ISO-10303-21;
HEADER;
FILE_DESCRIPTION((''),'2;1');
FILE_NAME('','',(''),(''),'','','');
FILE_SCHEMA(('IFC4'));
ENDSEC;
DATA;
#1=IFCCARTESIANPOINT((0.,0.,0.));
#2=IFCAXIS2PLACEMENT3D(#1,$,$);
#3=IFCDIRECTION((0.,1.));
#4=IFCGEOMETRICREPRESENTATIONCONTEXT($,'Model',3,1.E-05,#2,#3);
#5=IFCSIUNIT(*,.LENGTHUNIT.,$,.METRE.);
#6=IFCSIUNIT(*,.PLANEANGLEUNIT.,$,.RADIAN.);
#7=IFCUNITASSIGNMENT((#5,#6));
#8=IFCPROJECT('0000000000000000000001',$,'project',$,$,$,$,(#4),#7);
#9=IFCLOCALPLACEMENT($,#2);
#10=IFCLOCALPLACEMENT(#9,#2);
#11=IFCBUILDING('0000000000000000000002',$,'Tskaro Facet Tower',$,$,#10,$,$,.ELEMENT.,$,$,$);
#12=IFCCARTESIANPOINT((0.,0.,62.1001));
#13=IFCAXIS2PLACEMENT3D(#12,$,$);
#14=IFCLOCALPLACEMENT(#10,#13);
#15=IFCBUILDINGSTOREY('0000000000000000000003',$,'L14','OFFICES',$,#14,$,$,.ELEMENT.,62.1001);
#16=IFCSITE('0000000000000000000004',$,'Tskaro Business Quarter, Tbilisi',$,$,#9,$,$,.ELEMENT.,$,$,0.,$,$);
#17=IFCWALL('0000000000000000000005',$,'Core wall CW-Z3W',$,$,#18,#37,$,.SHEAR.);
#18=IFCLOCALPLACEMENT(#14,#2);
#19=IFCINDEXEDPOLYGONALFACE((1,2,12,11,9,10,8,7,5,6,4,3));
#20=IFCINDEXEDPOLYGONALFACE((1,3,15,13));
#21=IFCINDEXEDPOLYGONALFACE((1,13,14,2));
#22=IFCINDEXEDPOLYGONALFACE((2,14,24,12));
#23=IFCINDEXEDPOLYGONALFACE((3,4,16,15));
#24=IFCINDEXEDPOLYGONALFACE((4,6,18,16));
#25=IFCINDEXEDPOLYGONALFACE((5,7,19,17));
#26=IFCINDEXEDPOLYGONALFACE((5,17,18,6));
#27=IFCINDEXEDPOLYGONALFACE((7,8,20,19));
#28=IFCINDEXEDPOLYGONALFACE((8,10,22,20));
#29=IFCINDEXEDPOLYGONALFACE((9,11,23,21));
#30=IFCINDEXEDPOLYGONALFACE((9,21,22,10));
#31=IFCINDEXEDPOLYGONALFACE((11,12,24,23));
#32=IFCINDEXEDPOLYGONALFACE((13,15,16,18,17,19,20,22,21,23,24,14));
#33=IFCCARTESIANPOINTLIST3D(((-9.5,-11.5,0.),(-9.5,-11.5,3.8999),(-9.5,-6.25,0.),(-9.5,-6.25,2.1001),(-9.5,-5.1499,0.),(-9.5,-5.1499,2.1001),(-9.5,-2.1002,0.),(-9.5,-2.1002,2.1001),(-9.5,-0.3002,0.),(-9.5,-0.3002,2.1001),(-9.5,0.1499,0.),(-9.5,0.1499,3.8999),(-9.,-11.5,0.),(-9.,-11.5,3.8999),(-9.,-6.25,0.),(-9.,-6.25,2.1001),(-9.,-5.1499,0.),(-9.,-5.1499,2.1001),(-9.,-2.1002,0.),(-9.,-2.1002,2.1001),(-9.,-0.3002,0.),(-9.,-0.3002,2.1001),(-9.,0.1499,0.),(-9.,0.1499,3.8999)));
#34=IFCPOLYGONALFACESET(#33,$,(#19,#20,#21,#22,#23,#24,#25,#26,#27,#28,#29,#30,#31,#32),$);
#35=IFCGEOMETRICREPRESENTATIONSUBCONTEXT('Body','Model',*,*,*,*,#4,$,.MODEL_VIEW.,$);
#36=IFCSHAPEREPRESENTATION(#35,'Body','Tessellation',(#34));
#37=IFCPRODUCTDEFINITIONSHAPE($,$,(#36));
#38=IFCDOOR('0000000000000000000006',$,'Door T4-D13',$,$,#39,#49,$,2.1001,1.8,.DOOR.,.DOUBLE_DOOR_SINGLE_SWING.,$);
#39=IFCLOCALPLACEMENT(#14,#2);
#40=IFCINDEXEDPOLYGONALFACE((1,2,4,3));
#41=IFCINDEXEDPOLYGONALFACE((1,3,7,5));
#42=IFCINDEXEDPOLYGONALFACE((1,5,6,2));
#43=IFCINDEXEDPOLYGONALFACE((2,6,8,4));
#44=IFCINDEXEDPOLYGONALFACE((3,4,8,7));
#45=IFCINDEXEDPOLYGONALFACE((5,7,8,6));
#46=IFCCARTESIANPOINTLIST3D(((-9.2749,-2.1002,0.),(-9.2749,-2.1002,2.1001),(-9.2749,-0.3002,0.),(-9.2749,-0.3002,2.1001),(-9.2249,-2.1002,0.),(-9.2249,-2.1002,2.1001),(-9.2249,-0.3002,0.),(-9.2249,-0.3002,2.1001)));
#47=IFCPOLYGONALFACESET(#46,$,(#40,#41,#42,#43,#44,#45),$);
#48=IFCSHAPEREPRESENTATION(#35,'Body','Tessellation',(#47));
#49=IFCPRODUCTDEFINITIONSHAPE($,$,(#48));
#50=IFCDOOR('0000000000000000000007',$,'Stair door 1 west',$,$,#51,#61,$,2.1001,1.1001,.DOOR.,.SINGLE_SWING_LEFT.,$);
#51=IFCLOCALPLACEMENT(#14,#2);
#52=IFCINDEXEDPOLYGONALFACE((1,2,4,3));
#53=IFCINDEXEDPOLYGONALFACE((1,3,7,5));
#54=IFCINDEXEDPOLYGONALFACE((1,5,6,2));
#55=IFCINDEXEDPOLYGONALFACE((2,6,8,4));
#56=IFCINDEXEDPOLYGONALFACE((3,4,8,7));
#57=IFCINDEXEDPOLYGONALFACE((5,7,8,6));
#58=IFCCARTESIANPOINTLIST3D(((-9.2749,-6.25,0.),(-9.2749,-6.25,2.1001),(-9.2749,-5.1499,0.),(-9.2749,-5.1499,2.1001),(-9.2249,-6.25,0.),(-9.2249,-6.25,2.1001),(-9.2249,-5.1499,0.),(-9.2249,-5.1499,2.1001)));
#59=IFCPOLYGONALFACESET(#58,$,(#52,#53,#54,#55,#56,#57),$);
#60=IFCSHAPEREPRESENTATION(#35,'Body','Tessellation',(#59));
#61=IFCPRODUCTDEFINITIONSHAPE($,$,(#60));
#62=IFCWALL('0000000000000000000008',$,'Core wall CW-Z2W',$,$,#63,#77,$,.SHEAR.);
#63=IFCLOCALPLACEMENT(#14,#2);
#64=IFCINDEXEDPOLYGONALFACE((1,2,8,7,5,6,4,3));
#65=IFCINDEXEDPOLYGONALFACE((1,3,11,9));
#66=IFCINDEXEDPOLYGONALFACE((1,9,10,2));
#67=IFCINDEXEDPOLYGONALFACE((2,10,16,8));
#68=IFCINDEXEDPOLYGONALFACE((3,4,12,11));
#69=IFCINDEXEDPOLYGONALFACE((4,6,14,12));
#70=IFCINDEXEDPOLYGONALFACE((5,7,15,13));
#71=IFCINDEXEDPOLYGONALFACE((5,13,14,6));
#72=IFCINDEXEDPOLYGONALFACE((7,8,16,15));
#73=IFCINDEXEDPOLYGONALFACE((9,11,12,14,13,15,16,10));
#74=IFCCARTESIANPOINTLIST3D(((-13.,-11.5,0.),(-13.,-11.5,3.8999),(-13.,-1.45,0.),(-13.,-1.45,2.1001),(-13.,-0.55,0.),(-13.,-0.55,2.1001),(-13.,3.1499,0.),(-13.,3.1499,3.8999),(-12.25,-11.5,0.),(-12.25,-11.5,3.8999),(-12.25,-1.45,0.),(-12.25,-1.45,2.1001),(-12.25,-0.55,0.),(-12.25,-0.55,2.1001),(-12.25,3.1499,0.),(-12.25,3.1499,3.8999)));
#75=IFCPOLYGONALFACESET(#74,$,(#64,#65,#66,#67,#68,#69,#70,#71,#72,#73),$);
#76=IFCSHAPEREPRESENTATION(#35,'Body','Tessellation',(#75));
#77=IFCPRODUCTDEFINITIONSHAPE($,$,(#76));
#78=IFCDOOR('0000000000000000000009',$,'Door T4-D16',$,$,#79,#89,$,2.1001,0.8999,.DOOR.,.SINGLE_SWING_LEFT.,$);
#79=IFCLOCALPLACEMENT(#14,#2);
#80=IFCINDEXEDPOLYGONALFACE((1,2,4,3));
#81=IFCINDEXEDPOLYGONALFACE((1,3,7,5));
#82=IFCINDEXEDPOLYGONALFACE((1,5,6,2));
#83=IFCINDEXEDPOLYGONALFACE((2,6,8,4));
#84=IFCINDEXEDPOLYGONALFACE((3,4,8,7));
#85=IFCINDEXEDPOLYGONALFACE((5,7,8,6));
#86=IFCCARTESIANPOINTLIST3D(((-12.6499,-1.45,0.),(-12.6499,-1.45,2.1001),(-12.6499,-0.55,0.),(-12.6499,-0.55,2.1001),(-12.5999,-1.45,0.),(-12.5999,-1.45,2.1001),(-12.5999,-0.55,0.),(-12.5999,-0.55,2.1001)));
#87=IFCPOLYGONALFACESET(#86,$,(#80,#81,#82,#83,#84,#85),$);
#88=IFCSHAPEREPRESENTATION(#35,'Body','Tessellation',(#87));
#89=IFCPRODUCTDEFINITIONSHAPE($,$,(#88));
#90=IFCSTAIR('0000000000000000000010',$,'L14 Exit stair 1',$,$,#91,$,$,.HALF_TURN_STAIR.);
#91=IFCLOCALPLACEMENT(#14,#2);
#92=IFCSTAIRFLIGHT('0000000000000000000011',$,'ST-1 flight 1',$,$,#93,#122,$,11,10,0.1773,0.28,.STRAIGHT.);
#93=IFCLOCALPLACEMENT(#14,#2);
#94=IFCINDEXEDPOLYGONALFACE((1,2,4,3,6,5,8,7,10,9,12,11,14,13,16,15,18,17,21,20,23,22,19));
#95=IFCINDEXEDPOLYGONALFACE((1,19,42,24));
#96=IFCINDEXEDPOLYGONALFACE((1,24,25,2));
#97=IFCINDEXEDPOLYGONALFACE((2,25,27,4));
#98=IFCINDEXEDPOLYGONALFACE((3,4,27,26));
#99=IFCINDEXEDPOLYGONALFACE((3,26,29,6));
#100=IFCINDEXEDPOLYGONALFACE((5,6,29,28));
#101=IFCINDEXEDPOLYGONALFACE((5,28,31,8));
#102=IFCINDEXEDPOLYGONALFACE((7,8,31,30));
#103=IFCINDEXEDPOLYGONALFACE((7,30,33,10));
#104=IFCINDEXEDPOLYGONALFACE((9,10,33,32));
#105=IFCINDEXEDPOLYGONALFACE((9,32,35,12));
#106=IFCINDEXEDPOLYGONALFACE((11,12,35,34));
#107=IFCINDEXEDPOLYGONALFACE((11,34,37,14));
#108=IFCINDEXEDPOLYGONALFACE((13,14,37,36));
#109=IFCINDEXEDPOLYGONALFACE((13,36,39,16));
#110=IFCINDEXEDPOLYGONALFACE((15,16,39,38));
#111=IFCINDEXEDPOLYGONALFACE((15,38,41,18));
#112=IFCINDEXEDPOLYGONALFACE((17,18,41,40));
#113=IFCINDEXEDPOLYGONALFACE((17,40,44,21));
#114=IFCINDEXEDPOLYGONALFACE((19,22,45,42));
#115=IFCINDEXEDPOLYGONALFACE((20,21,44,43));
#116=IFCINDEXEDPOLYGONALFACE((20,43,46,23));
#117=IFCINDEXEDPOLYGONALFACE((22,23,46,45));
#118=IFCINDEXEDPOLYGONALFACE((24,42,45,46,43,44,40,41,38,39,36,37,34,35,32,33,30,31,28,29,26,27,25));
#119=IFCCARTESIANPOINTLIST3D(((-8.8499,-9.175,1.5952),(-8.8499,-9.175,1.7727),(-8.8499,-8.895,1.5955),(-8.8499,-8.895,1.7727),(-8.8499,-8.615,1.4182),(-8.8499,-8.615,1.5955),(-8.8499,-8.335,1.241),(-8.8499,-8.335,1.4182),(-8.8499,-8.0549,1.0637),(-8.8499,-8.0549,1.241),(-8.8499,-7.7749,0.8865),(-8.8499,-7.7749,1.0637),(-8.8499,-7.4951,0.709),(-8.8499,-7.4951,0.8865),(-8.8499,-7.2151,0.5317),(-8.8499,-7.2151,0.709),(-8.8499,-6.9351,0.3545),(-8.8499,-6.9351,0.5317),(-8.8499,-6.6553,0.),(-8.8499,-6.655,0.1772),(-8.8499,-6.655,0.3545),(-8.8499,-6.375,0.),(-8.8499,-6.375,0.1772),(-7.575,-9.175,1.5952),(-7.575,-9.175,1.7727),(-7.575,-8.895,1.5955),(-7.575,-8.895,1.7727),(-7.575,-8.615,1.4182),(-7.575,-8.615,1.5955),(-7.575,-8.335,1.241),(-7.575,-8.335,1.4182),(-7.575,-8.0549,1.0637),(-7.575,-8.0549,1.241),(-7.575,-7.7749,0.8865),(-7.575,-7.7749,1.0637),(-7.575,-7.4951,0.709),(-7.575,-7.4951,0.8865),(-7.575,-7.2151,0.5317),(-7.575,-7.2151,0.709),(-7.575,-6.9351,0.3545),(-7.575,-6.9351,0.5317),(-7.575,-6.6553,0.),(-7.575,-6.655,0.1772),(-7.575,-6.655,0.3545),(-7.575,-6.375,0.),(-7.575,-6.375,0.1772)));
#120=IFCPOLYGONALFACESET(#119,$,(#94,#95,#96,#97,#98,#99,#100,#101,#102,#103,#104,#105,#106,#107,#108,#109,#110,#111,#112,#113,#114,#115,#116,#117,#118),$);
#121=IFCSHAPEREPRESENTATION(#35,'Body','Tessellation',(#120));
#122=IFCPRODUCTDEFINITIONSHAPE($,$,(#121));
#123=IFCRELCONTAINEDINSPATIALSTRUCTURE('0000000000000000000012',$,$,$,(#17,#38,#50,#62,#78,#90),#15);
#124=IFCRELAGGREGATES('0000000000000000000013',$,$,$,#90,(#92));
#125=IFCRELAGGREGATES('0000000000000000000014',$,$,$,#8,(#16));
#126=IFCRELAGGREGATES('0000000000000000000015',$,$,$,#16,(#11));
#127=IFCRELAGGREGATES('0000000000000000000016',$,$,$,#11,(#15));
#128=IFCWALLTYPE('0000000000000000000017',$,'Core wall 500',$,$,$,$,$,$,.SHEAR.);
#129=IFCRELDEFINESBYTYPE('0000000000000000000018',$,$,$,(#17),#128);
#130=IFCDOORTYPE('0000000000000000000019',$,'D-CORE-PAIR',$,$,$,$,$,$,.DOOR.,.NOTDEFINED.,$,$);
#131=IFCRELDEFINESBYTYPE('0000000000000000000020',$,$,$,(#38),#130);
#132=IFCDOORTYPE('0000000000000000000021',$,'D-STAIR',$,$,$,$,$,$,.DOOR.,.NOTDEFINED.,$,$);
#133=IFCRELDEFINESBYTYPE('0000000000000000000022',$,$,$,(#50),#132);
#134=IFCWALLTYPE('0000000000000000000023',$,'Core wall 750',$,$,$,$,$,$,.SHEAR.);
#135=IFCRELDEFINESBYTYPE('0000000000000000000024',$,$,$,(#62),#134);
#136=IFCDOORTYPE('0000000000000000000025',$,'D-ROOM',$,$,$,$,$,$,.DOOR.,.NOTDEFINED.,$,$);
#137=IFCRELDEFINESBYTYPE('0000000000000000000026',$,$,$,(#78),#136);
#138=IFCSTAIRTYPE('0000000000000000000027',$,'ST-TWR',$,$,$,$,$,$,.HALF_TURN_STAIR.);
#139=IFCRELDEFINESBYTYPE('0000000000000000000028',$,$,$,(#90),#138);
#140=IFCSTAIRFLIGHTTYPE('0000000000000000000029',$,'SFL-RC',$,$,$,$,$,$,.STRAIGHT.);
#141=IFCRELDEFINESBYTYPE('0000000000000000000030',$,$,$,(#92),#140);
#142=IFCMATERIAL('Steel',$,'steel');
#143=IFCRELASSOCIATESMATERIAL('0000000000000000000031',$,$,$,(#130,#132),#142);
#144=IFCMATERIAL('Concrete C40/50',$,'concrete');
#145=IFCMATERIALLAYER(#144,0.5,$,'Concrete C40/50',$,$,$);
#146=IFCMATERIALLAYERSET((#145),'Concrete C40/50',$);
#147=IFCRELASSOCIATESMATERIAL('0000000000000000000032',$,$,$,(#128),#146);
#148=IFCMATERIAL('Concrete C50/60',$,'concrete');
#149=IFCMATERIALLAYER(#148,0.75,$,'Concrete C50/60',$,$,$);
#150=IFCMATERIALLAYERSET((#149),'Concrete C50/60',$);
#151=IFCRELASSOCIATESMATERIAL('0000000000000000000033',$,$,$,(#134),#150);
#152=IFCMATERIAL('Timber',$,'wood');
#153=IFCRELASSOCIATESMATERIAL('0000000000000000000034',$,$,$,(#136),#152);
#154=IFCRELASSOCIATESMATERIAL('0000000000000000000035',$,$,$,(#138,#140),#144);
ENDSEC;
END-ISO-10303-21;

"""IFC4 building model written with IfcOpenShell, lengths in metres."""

from ifc_helpers import new_model, si_unit, direction, frame, frame_2d, origin, place, context, subcontext, project, spatial, polyline, rectangle, outline, extrude, material, layer, layer_set, type_object, element, fill, aggregate, save


model = new_model("IFC4")

# Units and contexts
model_context = context("Model", 3, precision=1e-05, world=origin(), true_north=direction((0.0, 1.0)))
body_context = subcontext(model_context, "Body", "Model", "MODEL_VIEW")
ifc_project = project(units=[si_unit("LENGTHUNIT", "METRE"), si_unit("PLANEANGLEUNIT", "RADIAN")], contexts=[model_context])

# Site, building, storey
site_placement = place(None, origin())
site = spatial("IfcSite", under=ifc_project, at=site_placement, Name="Tskaro Business Quarter, Tbilisi", CompositionType="ELEMENT", RefElevation=0.0)
building_placement = place(site_placement, origin())
building = spatial("IfcBuilding", under=site, at=building_placement, Name="Tskaro Facet Tower", CompositionType="ELEMENT")
storey_placement = place(building_placement, frame((0.0, 0.0, 62.1001)))
storey = spatial("IfcBuildingStorey", under=building, at=storey_placement, Name="L14", Description="OFFICES", CompositionType="ELEMENT", Elevation=62.1001)

# Shared definitions
ifc_material_1 = material(Name="Steel", Category="steel")
door_type_1 = type_object("IfcDoorType", Name="D-CORE-PAIR", OperationType="NOTDEFINED", PredefinedType="DOOR", material=ifc_material_1)

# Wall, openings, doors
ifc_material_2 = material(Name="Concrete C40/50", Category="concrete")
ifc_layer_1 = layer(ifc_material_2, 0.5, Name="Concrete C40/50")
ifc_layer_set_1 = layer_set([ifc_layer_1], Name="Concrete C40/50")
wall_type_1 = type_object("IfcWallType", Name="Core wall 500", PredefinedType="SHEAR", material=ifc_layer_set_1)
wall_1_placement = place(storey_placement, frame((-9.25, -11.5, 0.0), z_axis=(0.0, 0.0, 1.0), x_axis=(0.0, 1.0, 0.0)))
wall_1 = element("IfcWall", 1, at=wall_1_placement, inside=storey, type_object=wall_type_1, Name="Core wall CW-Z3W", PredefinedType="SHEAR", context=body_context, shape_type="SweptSolid", body=[
    extrude(rectangle(XDim=11.6499, YDim=0.5, at=frame_2d((5.825, 0.0))), origin(), (0.0, 0.0, 1.0), 3.8999),
])
opening_1_placement = place(wall_1_placement, frame((9.3999, 0.0, 0.0)))
opening_1 = element("IfcOpeningElement", 2, at=opening_1_placement, cuts=wall_1, PredefinedType="OPENING", context=body_context, shape_type="SweptSolid", body=[
    extrude(rectangle(XDim=1.8, YDim=2.1001, at=frame_2d((0.8999, 1.05))), frame((0.0, 0.26, 0.0), z_axis=(0.0, -1.0, 0.0), x_axis=(1.0, 0.0, 0.0)), (0.0, 0.0, 1.0), 0.52),
])
opening_2_placement = place(wall_1_placement, frame((5.25, 0.0, 0.0)))
opening_2 = element("IfcOpeningElement", 3, at=opening_2_placement, cuts=wall_1, PredefinedType="OPENING", context=body_context, shape_type="SweptSolid", body=[
    extrude(rectangle(XDim=1.1001, YDim=2.1001, at=frame_2d((0.55, 1.05))), frame((0.0, 0.26, 0.0), z_axis=(0.0, -1.0, 0.0), x_axis=(1.0, 0.0, 0.0)), (0.0, 0.0, 1.0), 0.52),
])
door_1_placement = place(opening_1_placement, origin())
door_1 = element("IfcDoor", 4, at=door_1_placement, inside=storey, type_object=door_type_1, Name="Door T4-D13", OperationType="DOUBLE_DOOR_SINGLE_SWING", OverallHeight=2.1001, OverallWidth=1.8, PredefinedType="DOOR", context=body_context, shape_type="SweptSolid", body=[
    extrude(rectangle(XDim=1.8, YDim=2.1001, at=frame_2d((0.8999, 1.05))), frame((0.0, 0.0249, 0.0), z_axis=(0.0, -1.0, 0.0), x_axis=(1.0, 0.0, 0.0)), (0.0, 0.0, 1.0), 0.05),
])
fill(opening_1, door_1)
door_type_2 = type_object("IfcDoorType", Name="D-STAIR", OperationType="NOTDEFINED", PredefinedType="DOOR", material=ifc_material_1)
door_2_placement = place(opening_2_placement, origin())
door_2 = element("IfcDoor", 5, at=door_2_placement, inside=storey, type_object=door_type_2, Name="Stair door 1 west", OperationType="SINGLE_SWING_LEFT", OverallHeight=2.1001, OverallWidth=1.1001, PredefinedType="DOOR", context=body_context, shape_type="SweptSolid", body=[
    extrude(rectangle(XDim=1.1001, YDim=2.1001, at=frame_2d((0.55, 1.05))), frame((0.0, 0.0249, 0.0), z_axis=(0.0, -1.0, 0.0), x_axis=(1.0, 0.0, 0.0)), (0.0, 0.0, 1.0), 0.05),
])
fill(opening_2, door_2)

# Wall, opening, door
ifc_material_3 = material(Name="Concrete C50/60", Category="concrete")
ifc_layer_2 = layer(ifc_material_3, 0.75, Name="Concrete C50/60")
ifc_layer_set_2 = layer_set([ifc_layer_2], Name="Concrete C50/60")
wall_type_2 = type_object("IfcWallType", Name="Core wall 750", PredefinedType="SHEAR", material=ifc_layer_set_2)
wall_2_placement = place(storey_placement, frame((-12.625, -11.5, 0.0), z_axis=(0.0, 0.0, 1.0), x_axis=(0.0, 1.0, 0.0)))
wall_2 = element("IfcWall", 6, at=wall_2_placement, inside=storey, type_object=wall_type_2, Name="Core wall CW-Z2W", PredefinedType="SHEAR", context=body_context, shape_type="SweptSolid", body=[
    extrude(rectangle(XDim=14.6499, YDim=0.75, at=frame_2d((7.325, 0.0))), origin(), (0.0, 0.0, 1.0), 3.8999),
])
opening_3_placement = place(wall_2_placement, frame((10.05, 0.0, 0.0)))
opening_3 = element("IfcOpeningElement", 7, at=opening_3_placement, cuts=wall_2, PredefinedType="OPENING", context=body_context, shape_type="SweptSolid", body=[
    extrude(rectangle(XDim=0.8999, YDim=2.1001, at=frame_2d((0.45, 1.05))), frame((0.0, 0.385, 0.0), z_axis=(0.0, -1.0, 0.0), x_axis=(1.0, 0.0, 0.0)), (0.0, 0.0, 1.0), 0.77),
])
ifc_material_4 = material(Name="Timber", Category="wood")
door_type_3 = type_object("IfcDoorType", Name="D-ROOM", OperationType="NOTDEFINED", PredefinedType="DOOR", material=ifc_material_4)
door_3_placement = place(opening_3_placement, origin())
door_3 = element("IfcDoor", 8, at=door_3_placement, inside=storey, type_object=door_type_3, Name="Door T4-D16", OperationType="SINGLE_SWING_LEFT", OverallHeight=2.1001, OverallWidth=0.8999, PredefinedType="DOOR", context=body_context, shape_type="SweptSolid", body=[
    extrude(rectangle(XDim=0.8999, YDim=2.1001, at=frame_2d((0.45, 1.05))), frame((0.0, 0.0249, 0.0), z_axis=(0.0, -1.0, 0.0), x_axis=(1.0, 0.0, 0.0)), (0.0, 0.0, 1.0), 0.05),
])
fill(opening_3, door_3)

# Stair, stair flight
stair_type = type_object("IfcStairType", Name="ST-TWR", PredefinedType="HALF_TURN_STAIR", material=ifc_material_2)
stair_placement = place(storey_placement, origin())
stair = element("IfcStair", 9, at=stair_placement, inside=storey, type_object=stair_type, Name="L14 Exit stair 1", PredefinedType="HALF_TURN_STAIR")
stair_flight_type = type_object("IfcStairFlightType", Name="SFL-RC", PredefinedType="STRAIGHT", material=ifc_material_2)
stair_flight_placement = place(storey_placement, frame((-8.2124, -6.375, 0.0), z_axis=(0.0, 0.0, 1.0), x_axis=(0.0, -1.0, 0.0)))
stair_flight = element("IfcStairFlight", 10, at=stair_flight_placement, type_object=stair_flight_type, Name="ST-1 flight 1", NumberOfRisers=11, NumberOfTreads=10, PredefinedType="STRAIGHT", RiserHeight=0.1773, TreadLength=0.28, context=body_context, shape_type="SweptSolid", body=[
    extrude(outline(polyline([(0.0, 0.0), (0.0, 0.1772), (0.28, 0.1772), (0.28, 0.3545), (0.5601, 0.3545), (0.5601, 0.5317), (0.8401, 0.5317), (0.8401, 0.709), (1.1201, 0.709), (1.1201, 0.8865), (1.3999, 0.8865), (1.3999, 1.0637), (1.6799, 1.0637), (1.6799, 1.241), (1.96, 1.241), (1.96, 1.4182), (2.24, 1.4182), (2.24, 1.5955), (2.52, 1.5955), (2.52, 1.7727), (2.8, 1.7727), (2.8, 1.95), (2.8, 1.5952), (0.2803, 0.0), (0.0, 0.0)])), frame((0.0, 0.6375, 0.0), z_axis=(0.0, -1.0, 0.0), x_axis=(1.0, 0.0, 0.0)), (0.0, 0.0, 1.0), 1.2749),
])
aggregate(stair, [stair_flight])

save(model, "model.ifc")
